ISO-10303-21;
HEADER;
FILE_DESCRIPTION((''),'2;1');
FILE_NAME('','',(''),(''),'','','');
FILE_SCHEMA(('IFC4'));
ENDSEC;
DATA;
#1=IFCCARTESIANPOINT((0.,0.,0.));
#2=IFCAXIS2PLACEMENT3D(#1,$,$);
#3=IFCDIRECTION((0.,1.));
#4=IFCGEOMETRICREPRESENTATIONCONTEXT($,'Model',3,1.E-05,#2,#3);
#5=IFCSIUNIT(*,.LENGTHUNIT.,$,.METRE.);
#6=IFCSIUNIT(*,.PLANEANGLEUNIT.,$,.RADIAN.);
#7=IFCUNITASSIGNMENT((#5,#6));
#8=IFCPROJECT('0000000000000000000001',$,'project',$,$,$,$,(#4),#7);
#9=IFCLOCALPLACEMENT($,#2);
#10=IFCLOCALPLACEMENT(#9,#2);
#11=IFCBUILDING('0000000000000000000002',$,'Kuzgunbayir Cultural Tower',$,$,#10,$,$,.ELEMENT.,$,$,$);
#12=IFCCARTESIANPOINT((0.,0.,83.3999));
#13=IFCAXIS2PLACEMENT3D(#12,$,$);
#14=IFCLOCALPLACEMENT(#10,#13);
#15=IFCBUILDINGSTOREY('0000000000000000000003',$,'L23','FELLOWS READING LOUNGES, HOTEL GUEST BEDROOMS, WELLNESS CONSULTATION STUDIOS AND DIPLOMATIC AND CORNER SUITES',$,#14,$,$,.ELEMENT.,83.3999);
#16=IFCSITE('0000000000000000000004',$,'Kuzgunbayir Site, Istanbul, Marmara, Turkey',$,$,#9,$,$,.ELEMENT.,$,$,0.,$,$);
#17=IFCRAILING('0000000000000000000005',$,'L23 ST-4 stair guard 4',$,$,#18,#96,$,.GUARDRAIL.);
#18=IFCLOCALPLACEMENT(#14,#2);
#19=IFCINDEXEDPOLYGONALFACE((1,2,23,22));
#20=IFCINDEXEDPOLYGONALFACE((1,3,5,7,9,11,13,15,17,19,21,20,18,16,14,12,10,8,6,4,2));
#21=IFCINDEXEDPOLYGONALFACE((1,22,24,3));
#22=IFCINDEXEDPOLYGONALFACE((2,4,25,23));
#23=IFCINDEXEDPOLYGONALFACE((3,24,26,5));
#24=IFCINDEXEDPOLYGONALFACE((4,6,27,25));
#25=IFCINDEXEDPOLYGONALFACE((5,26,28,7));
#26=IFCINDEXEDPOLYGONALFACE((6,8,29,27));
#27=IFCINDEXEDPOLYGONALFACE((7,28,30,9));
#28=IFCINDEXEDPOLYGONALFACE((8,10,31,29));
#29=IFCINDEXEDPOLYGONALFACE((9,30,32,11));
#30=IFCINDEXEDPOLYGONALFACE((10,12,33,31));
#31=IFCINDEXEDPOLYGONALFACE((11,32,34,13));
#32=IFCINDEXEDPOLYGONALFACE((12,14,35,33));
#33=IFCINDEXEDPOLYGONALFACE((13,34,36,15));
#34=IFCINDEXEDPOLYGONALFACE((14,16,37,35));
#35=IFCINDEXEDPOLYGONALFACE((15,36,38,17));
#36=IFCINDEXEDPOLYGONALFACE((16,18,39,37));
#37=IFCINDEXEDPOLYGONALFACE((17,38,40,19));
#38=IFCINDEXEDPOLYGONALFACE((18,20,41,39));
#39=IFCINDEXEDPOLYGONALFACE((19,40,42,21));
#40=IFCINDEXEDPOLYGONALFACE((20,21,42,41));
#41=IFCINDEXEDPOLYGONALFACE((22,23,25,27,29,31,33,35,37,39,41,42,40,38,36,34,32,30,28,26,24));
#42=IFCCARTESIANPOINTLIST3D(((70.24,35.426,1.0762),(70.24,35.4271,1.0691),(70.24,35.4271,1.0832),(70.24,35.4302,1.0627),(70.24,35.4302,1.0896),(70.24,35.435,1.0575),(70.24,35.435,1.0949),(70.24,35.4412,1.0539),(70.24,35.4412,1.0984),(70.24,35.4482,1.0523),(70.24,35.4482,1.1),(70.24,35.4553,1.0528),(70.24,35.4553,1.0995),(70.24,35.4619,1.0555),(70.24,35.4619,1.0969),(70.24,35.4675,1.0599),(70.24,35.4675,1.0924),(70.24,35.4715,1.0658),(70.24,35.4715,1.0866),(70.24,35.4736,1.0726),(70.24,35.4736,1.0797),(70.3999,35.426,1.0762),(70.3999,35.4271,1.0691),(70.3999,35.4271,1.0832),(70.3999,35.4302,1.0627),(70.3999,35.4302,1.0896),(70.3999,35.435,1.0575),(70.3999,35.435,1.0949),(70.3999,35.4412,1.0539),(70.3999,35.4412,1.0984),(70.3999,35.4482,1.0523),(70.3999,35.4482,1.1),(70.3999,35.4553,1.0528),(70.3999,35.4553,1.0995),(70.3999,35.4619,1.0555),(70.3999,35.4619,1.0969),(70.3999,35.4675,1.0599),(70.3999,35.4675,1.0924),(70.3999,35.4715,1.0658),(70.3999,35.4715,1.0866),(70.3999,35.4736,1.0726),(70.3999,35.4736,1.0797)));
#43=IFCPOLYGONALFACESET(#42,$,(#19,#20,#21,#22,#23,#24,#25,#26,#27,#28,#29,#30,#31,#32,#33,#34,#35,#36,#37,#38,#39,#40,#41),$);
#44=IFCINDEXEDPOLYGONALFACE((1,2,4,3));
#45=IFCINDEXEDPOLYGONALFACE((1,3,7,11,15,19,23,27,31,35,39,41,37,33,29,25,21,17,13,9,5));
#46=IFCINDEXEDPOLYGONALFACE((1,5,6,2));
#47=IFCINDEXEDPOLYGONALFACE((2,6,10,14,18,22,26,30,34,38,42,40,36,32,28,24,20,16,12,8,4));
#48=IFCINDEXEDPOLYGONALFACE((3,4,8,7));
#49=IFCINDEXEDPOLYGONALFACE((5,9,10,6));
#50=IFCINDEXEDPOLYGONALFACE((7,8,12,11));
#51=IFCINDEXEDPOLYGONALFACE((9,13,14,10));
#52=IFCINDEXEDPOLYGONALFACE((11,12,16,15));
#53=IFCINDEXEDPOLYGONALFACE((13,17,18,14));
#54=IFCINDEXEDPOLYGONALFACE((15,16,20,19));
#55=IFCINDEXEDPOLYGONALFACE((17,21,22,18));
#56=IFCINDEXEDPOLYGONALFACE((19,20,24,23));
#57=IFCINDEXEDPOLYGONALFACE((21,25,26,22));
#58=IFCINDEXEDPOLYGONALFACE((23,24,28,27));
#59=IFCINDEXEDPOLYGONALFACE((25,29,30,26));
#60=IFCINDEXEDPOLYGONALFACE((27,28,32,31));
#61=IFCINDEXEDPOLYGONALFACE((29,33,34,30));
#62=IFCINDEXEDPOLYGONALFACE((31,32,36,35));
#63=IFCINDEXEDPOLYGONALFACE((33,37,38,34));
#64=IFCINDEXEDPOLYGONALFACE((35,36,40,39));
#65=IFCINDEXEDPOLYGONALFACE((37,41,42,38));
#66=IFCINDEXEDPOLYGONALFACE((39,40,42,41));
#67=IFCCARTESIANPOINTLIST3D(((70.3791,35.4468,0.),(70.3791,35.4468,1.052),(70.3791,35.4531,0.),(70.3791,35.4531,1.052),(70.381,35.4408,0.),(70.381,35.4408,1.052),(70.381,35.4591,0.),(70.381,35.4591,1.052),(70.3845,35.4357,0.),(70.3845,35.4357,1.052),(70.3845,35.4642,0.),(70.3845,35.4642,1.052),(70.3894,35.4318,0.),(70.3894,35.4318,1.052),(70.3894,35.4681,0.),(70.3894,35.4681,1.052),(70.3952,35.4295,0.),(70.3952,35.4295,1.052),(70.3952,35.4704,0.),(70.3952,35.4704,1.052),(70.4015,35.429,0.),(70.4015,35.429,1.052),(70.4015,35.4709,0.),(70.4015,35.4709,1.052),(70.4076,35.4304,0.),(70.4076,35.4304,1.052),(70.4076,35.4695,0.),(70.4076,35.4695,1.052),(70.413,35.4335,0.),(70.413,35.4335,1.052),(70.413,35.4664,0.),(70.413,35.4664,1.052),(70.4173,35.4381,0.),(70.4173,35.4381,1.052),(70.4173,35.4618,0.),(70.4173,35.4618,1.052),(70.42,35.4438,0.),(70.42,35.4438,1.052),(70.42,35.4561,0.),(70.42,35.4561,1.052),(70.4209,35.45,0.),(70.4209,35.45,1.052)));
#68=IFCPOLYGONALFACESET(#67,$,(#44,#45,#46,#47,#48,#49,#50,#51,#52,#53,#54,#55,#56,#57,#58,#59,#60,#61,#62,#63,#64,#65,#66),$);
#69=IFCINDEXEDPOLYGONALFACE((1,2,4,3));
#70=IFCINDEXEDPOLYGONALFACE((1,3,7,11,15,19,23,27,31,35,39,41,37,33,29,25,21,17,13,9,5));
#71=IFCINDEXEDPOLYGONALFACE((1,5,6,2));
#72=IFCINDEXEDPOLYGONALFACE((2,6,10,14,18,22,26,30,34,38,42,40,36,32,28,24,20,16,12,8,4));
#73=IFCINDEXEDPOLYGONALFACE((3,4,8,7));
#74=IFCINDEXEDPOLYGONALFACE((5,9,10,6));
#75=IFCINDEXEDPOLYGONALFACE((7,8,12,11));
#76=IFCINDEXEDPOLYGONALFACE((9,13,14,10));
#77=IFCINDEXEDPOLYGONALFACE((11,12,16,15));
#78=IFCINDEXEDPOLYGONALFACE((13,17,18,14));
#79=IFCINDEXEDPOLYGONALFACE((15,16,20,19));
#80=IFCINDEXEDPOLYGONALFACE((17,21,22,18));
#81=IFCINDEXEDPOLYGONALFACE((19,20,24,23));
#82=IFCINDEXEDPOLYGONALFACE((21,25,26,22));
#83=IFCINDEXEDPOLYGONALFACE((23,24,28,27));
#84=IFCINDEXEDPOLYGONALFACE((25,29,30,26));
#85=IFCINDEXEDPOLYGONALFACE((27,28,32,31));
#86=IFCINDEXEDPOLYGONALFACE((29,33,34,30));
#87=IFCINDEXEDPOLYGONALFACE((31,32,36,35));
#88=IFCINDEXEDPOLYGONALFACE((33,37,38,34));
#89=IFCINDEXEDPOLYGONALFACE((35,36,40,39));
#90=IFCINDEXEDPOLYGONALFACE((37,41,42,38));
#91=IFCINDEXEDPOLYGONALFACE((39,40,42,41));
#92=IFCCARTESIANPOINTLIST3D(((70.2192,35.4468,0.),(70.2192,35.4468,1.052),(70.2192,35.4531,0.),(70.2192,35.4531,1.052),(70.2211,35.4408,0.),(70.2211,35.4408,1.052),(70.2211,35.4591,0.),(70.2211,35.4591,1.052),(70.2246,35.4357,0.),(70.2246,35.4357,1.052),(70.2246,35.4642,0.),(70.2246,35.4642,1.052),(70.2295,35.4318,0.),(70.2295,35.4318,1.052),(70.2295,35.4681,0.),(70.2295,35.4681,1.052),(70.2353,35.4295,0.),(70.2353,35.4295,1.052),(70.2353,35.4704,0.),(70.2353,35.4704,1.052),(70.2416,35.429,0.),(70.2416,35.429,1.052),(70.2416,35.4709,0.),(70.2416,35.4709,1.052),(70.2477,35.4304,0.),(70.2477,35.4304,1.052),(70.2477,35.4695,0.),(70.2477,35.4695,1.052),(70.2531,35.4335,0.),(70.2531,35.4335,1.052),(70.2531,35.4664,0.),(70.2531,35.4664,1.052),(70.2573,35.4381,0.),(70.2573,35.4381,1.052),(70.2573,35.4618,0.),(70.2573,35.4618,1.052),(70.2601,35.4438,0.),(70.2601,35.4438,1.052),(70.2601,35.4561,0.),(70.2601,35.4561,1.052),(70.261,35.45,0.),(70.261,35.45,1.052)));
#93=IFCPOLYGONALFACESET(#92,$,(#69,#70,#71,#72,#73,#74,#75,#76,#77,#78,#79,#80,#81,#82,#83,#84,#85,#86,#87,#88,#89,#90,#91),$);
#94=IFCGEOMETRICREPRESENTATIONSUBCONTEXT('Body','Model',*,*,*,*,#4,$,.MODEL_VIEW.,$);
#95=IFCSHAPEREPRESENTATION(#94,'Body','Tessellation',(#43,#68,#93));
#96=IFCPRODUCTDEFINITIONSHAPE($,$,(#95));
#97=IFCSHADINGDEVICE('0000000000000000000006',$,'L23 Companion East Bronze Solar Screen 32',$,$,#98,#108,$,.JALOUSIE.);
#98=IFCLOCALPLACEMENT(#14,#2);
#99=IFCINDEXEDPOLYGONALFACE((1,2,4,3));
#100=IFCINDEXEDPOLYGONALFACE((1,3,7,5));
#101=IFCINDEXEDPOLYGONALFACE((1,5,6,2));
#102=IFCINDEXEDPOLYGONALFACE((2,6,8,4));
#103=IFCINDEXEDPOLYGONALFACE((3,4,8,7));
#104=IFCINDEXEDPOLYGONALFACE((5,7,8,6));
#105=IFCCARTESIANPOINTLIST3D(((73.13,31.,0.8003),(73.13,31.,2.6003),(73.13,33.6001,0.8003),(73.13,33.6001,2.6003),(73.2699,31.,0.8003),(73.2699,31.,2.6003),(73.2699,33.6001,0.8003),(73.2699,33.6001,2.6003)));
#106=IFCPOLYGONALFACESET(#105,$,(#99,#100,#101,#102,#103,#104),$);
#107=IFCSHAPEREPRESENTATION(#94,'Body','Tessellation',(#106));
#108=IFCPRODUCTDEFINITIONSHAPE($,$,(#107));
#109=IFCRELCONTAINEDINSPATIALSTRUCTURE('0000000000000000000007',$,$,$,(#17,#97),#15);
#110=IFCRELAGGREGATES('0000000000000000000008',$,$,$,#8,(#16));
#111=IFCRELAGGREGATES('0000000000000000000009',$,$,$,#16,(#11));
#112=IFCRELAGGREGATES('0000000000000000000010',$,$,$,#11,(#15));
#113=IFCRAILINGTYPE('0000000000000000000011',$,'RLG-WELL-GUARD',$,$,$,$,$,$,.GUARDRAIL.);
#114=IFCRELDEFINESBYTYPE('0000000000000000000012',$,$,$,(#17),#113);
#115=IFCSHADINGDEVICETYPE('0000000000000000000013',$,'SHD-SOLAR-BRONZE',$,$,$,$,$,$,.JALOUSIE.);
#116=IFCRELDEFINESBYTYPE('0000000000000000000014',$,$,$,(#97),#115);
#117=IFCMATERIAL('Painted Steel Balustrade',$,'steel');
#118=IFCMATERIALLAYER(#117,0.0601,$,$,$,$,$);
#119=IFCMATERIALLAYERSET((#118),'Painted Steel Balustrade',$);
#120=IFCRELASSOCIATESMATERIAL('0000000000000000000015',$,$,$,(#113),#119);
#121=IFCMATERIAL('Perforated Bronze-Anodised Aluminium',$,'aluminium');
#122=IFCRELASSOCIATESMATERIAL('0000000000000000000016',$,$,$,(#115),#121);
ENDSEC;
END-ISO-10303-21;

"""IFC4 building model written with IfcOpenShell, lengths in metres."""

from ifc_helpers import new_model, si_unit, direction, frame, origin, origin_2d, place, context, subcontext, project, spatial, rectangle, circle, extrude, material, layer, layer_set, type_object, element, save


model = new_model("IFC4")

# Units and contexts
model_context = context("Model", 3, precision=1e-05, world=origin(), true_north=direction((0.0, 1.0)))
body_context = subcontext(model_context, "Body", "Model", "MODEL_VIEW")
ifc_project = project(units=[si_unit("LENGTHUNIT", "METRE"), si_unit("PLANEANGLEUNIT", "RADIAN")], contexts=[model_context])

# Site, building, storey
site_placement = place(None, origin())
site = spatial("IfcSite", under=ifc_project, at=site_placement, Name="Kuzgunbayir Site, Istanbul, Marmara, Turkey", CompositionType="ELEMENT", RefElevation=0.0)
building_placement = place(site_placement, origin())
building = spatial("IfcBuilding", under=site, at=building_placement, Name="Kuzgunbayir Cultural Tower", CompositionType="ELEMENT")
storey_placement = place(building_placement, frame((0.0, 0.0, 83.3999)))
storey = spatial("IfcBuildingStorey", under=building, at=storey_placement, Name="L23", Description="FELLOWS READING LOUNGES, HOTEL GUEST BEDROOMS, WELLNESS CONSULTATION STUDIOS AND DIPLOMATIC AND CORNER SUITES", CompositionType="ELEMENT", Elevation=83.3999)

# Railing
ifc_material_1 = material(Name="Painted Steel Balustrade", Category="steel")
ifc_layer_1 = layer(ifc_material_1, 0.0601)
ifc_layer_set_1 = layer_set([ifc_layer_1], Name="Painted Steel Balustrade")
railing_type = type_object("IfcRailingType", Name="RLG-WELL-GUARD", PredefinedType="GUARDRAIL", material=ifc_layer_set_1)
railing_1_placement = place(storey_placement, frame((70.3999, 35.45, 0.0)))
element("IfcRailing", 1, at=railing_1_placement, inside=storey, type_object=railing_type, Name="L23 ST-4 stair guard 4", PredefinedType="GUARDRAIL", context=body_context, shape_type="SweptSolid", body=[
    extrude(circle(Radius=0.0239, at=origin_2d()), frame((0.0, 0.0, 1.0762), z_axis=(-1.0, 0.0, 0.0), x_axis=(0.0, -1.0, 0.0)), (0.0, 0.0, 1.0), 0.1599),
    extrude(circle(Radius=0.021, at=origin_2d()), origin(), (0.0, 0.0, 1.0), 1.052),
    extrude(circle(Radius=0.021, at=origin_2d()), frame((-0.1599, 0.0, 0.0)), (0.0, 0.0, 1.0), 1.052),
])

# Shading device
ifc_material_2 = material(Name="Perforated Bronze-Anodised Aluminium", Category="aluminium")
shading_device_type = type_object("IfcShadingDeviceType", Name="SHD-SOLAR-BRONZE", PredefinedType="JALOUSIE", material=ifc_material_2)
shading_device_placement = place(storey_placement, frame((73.2, 32.3, 0.8003), z_axis=(0.0, 0.0, 1.0), x_axis=(1.0, 0.0, 0.0)))
element("IfcShadingDevice", 2, at=shading_device_placement, inside=storey, type_object=shading_device_type, Name="L23 Companion East Bronze Solar Screen 32", PredefinedType="JALOUSIE", context=body_context, shape_type="SweptSolid", body=[
    extrude(rectangle(XDim=0.1399, YDim=2.6001, at=origin_2d()), origin(), (0.0, 0.0, 1.0), 1.8),
])

save(model, "model.ifc")
